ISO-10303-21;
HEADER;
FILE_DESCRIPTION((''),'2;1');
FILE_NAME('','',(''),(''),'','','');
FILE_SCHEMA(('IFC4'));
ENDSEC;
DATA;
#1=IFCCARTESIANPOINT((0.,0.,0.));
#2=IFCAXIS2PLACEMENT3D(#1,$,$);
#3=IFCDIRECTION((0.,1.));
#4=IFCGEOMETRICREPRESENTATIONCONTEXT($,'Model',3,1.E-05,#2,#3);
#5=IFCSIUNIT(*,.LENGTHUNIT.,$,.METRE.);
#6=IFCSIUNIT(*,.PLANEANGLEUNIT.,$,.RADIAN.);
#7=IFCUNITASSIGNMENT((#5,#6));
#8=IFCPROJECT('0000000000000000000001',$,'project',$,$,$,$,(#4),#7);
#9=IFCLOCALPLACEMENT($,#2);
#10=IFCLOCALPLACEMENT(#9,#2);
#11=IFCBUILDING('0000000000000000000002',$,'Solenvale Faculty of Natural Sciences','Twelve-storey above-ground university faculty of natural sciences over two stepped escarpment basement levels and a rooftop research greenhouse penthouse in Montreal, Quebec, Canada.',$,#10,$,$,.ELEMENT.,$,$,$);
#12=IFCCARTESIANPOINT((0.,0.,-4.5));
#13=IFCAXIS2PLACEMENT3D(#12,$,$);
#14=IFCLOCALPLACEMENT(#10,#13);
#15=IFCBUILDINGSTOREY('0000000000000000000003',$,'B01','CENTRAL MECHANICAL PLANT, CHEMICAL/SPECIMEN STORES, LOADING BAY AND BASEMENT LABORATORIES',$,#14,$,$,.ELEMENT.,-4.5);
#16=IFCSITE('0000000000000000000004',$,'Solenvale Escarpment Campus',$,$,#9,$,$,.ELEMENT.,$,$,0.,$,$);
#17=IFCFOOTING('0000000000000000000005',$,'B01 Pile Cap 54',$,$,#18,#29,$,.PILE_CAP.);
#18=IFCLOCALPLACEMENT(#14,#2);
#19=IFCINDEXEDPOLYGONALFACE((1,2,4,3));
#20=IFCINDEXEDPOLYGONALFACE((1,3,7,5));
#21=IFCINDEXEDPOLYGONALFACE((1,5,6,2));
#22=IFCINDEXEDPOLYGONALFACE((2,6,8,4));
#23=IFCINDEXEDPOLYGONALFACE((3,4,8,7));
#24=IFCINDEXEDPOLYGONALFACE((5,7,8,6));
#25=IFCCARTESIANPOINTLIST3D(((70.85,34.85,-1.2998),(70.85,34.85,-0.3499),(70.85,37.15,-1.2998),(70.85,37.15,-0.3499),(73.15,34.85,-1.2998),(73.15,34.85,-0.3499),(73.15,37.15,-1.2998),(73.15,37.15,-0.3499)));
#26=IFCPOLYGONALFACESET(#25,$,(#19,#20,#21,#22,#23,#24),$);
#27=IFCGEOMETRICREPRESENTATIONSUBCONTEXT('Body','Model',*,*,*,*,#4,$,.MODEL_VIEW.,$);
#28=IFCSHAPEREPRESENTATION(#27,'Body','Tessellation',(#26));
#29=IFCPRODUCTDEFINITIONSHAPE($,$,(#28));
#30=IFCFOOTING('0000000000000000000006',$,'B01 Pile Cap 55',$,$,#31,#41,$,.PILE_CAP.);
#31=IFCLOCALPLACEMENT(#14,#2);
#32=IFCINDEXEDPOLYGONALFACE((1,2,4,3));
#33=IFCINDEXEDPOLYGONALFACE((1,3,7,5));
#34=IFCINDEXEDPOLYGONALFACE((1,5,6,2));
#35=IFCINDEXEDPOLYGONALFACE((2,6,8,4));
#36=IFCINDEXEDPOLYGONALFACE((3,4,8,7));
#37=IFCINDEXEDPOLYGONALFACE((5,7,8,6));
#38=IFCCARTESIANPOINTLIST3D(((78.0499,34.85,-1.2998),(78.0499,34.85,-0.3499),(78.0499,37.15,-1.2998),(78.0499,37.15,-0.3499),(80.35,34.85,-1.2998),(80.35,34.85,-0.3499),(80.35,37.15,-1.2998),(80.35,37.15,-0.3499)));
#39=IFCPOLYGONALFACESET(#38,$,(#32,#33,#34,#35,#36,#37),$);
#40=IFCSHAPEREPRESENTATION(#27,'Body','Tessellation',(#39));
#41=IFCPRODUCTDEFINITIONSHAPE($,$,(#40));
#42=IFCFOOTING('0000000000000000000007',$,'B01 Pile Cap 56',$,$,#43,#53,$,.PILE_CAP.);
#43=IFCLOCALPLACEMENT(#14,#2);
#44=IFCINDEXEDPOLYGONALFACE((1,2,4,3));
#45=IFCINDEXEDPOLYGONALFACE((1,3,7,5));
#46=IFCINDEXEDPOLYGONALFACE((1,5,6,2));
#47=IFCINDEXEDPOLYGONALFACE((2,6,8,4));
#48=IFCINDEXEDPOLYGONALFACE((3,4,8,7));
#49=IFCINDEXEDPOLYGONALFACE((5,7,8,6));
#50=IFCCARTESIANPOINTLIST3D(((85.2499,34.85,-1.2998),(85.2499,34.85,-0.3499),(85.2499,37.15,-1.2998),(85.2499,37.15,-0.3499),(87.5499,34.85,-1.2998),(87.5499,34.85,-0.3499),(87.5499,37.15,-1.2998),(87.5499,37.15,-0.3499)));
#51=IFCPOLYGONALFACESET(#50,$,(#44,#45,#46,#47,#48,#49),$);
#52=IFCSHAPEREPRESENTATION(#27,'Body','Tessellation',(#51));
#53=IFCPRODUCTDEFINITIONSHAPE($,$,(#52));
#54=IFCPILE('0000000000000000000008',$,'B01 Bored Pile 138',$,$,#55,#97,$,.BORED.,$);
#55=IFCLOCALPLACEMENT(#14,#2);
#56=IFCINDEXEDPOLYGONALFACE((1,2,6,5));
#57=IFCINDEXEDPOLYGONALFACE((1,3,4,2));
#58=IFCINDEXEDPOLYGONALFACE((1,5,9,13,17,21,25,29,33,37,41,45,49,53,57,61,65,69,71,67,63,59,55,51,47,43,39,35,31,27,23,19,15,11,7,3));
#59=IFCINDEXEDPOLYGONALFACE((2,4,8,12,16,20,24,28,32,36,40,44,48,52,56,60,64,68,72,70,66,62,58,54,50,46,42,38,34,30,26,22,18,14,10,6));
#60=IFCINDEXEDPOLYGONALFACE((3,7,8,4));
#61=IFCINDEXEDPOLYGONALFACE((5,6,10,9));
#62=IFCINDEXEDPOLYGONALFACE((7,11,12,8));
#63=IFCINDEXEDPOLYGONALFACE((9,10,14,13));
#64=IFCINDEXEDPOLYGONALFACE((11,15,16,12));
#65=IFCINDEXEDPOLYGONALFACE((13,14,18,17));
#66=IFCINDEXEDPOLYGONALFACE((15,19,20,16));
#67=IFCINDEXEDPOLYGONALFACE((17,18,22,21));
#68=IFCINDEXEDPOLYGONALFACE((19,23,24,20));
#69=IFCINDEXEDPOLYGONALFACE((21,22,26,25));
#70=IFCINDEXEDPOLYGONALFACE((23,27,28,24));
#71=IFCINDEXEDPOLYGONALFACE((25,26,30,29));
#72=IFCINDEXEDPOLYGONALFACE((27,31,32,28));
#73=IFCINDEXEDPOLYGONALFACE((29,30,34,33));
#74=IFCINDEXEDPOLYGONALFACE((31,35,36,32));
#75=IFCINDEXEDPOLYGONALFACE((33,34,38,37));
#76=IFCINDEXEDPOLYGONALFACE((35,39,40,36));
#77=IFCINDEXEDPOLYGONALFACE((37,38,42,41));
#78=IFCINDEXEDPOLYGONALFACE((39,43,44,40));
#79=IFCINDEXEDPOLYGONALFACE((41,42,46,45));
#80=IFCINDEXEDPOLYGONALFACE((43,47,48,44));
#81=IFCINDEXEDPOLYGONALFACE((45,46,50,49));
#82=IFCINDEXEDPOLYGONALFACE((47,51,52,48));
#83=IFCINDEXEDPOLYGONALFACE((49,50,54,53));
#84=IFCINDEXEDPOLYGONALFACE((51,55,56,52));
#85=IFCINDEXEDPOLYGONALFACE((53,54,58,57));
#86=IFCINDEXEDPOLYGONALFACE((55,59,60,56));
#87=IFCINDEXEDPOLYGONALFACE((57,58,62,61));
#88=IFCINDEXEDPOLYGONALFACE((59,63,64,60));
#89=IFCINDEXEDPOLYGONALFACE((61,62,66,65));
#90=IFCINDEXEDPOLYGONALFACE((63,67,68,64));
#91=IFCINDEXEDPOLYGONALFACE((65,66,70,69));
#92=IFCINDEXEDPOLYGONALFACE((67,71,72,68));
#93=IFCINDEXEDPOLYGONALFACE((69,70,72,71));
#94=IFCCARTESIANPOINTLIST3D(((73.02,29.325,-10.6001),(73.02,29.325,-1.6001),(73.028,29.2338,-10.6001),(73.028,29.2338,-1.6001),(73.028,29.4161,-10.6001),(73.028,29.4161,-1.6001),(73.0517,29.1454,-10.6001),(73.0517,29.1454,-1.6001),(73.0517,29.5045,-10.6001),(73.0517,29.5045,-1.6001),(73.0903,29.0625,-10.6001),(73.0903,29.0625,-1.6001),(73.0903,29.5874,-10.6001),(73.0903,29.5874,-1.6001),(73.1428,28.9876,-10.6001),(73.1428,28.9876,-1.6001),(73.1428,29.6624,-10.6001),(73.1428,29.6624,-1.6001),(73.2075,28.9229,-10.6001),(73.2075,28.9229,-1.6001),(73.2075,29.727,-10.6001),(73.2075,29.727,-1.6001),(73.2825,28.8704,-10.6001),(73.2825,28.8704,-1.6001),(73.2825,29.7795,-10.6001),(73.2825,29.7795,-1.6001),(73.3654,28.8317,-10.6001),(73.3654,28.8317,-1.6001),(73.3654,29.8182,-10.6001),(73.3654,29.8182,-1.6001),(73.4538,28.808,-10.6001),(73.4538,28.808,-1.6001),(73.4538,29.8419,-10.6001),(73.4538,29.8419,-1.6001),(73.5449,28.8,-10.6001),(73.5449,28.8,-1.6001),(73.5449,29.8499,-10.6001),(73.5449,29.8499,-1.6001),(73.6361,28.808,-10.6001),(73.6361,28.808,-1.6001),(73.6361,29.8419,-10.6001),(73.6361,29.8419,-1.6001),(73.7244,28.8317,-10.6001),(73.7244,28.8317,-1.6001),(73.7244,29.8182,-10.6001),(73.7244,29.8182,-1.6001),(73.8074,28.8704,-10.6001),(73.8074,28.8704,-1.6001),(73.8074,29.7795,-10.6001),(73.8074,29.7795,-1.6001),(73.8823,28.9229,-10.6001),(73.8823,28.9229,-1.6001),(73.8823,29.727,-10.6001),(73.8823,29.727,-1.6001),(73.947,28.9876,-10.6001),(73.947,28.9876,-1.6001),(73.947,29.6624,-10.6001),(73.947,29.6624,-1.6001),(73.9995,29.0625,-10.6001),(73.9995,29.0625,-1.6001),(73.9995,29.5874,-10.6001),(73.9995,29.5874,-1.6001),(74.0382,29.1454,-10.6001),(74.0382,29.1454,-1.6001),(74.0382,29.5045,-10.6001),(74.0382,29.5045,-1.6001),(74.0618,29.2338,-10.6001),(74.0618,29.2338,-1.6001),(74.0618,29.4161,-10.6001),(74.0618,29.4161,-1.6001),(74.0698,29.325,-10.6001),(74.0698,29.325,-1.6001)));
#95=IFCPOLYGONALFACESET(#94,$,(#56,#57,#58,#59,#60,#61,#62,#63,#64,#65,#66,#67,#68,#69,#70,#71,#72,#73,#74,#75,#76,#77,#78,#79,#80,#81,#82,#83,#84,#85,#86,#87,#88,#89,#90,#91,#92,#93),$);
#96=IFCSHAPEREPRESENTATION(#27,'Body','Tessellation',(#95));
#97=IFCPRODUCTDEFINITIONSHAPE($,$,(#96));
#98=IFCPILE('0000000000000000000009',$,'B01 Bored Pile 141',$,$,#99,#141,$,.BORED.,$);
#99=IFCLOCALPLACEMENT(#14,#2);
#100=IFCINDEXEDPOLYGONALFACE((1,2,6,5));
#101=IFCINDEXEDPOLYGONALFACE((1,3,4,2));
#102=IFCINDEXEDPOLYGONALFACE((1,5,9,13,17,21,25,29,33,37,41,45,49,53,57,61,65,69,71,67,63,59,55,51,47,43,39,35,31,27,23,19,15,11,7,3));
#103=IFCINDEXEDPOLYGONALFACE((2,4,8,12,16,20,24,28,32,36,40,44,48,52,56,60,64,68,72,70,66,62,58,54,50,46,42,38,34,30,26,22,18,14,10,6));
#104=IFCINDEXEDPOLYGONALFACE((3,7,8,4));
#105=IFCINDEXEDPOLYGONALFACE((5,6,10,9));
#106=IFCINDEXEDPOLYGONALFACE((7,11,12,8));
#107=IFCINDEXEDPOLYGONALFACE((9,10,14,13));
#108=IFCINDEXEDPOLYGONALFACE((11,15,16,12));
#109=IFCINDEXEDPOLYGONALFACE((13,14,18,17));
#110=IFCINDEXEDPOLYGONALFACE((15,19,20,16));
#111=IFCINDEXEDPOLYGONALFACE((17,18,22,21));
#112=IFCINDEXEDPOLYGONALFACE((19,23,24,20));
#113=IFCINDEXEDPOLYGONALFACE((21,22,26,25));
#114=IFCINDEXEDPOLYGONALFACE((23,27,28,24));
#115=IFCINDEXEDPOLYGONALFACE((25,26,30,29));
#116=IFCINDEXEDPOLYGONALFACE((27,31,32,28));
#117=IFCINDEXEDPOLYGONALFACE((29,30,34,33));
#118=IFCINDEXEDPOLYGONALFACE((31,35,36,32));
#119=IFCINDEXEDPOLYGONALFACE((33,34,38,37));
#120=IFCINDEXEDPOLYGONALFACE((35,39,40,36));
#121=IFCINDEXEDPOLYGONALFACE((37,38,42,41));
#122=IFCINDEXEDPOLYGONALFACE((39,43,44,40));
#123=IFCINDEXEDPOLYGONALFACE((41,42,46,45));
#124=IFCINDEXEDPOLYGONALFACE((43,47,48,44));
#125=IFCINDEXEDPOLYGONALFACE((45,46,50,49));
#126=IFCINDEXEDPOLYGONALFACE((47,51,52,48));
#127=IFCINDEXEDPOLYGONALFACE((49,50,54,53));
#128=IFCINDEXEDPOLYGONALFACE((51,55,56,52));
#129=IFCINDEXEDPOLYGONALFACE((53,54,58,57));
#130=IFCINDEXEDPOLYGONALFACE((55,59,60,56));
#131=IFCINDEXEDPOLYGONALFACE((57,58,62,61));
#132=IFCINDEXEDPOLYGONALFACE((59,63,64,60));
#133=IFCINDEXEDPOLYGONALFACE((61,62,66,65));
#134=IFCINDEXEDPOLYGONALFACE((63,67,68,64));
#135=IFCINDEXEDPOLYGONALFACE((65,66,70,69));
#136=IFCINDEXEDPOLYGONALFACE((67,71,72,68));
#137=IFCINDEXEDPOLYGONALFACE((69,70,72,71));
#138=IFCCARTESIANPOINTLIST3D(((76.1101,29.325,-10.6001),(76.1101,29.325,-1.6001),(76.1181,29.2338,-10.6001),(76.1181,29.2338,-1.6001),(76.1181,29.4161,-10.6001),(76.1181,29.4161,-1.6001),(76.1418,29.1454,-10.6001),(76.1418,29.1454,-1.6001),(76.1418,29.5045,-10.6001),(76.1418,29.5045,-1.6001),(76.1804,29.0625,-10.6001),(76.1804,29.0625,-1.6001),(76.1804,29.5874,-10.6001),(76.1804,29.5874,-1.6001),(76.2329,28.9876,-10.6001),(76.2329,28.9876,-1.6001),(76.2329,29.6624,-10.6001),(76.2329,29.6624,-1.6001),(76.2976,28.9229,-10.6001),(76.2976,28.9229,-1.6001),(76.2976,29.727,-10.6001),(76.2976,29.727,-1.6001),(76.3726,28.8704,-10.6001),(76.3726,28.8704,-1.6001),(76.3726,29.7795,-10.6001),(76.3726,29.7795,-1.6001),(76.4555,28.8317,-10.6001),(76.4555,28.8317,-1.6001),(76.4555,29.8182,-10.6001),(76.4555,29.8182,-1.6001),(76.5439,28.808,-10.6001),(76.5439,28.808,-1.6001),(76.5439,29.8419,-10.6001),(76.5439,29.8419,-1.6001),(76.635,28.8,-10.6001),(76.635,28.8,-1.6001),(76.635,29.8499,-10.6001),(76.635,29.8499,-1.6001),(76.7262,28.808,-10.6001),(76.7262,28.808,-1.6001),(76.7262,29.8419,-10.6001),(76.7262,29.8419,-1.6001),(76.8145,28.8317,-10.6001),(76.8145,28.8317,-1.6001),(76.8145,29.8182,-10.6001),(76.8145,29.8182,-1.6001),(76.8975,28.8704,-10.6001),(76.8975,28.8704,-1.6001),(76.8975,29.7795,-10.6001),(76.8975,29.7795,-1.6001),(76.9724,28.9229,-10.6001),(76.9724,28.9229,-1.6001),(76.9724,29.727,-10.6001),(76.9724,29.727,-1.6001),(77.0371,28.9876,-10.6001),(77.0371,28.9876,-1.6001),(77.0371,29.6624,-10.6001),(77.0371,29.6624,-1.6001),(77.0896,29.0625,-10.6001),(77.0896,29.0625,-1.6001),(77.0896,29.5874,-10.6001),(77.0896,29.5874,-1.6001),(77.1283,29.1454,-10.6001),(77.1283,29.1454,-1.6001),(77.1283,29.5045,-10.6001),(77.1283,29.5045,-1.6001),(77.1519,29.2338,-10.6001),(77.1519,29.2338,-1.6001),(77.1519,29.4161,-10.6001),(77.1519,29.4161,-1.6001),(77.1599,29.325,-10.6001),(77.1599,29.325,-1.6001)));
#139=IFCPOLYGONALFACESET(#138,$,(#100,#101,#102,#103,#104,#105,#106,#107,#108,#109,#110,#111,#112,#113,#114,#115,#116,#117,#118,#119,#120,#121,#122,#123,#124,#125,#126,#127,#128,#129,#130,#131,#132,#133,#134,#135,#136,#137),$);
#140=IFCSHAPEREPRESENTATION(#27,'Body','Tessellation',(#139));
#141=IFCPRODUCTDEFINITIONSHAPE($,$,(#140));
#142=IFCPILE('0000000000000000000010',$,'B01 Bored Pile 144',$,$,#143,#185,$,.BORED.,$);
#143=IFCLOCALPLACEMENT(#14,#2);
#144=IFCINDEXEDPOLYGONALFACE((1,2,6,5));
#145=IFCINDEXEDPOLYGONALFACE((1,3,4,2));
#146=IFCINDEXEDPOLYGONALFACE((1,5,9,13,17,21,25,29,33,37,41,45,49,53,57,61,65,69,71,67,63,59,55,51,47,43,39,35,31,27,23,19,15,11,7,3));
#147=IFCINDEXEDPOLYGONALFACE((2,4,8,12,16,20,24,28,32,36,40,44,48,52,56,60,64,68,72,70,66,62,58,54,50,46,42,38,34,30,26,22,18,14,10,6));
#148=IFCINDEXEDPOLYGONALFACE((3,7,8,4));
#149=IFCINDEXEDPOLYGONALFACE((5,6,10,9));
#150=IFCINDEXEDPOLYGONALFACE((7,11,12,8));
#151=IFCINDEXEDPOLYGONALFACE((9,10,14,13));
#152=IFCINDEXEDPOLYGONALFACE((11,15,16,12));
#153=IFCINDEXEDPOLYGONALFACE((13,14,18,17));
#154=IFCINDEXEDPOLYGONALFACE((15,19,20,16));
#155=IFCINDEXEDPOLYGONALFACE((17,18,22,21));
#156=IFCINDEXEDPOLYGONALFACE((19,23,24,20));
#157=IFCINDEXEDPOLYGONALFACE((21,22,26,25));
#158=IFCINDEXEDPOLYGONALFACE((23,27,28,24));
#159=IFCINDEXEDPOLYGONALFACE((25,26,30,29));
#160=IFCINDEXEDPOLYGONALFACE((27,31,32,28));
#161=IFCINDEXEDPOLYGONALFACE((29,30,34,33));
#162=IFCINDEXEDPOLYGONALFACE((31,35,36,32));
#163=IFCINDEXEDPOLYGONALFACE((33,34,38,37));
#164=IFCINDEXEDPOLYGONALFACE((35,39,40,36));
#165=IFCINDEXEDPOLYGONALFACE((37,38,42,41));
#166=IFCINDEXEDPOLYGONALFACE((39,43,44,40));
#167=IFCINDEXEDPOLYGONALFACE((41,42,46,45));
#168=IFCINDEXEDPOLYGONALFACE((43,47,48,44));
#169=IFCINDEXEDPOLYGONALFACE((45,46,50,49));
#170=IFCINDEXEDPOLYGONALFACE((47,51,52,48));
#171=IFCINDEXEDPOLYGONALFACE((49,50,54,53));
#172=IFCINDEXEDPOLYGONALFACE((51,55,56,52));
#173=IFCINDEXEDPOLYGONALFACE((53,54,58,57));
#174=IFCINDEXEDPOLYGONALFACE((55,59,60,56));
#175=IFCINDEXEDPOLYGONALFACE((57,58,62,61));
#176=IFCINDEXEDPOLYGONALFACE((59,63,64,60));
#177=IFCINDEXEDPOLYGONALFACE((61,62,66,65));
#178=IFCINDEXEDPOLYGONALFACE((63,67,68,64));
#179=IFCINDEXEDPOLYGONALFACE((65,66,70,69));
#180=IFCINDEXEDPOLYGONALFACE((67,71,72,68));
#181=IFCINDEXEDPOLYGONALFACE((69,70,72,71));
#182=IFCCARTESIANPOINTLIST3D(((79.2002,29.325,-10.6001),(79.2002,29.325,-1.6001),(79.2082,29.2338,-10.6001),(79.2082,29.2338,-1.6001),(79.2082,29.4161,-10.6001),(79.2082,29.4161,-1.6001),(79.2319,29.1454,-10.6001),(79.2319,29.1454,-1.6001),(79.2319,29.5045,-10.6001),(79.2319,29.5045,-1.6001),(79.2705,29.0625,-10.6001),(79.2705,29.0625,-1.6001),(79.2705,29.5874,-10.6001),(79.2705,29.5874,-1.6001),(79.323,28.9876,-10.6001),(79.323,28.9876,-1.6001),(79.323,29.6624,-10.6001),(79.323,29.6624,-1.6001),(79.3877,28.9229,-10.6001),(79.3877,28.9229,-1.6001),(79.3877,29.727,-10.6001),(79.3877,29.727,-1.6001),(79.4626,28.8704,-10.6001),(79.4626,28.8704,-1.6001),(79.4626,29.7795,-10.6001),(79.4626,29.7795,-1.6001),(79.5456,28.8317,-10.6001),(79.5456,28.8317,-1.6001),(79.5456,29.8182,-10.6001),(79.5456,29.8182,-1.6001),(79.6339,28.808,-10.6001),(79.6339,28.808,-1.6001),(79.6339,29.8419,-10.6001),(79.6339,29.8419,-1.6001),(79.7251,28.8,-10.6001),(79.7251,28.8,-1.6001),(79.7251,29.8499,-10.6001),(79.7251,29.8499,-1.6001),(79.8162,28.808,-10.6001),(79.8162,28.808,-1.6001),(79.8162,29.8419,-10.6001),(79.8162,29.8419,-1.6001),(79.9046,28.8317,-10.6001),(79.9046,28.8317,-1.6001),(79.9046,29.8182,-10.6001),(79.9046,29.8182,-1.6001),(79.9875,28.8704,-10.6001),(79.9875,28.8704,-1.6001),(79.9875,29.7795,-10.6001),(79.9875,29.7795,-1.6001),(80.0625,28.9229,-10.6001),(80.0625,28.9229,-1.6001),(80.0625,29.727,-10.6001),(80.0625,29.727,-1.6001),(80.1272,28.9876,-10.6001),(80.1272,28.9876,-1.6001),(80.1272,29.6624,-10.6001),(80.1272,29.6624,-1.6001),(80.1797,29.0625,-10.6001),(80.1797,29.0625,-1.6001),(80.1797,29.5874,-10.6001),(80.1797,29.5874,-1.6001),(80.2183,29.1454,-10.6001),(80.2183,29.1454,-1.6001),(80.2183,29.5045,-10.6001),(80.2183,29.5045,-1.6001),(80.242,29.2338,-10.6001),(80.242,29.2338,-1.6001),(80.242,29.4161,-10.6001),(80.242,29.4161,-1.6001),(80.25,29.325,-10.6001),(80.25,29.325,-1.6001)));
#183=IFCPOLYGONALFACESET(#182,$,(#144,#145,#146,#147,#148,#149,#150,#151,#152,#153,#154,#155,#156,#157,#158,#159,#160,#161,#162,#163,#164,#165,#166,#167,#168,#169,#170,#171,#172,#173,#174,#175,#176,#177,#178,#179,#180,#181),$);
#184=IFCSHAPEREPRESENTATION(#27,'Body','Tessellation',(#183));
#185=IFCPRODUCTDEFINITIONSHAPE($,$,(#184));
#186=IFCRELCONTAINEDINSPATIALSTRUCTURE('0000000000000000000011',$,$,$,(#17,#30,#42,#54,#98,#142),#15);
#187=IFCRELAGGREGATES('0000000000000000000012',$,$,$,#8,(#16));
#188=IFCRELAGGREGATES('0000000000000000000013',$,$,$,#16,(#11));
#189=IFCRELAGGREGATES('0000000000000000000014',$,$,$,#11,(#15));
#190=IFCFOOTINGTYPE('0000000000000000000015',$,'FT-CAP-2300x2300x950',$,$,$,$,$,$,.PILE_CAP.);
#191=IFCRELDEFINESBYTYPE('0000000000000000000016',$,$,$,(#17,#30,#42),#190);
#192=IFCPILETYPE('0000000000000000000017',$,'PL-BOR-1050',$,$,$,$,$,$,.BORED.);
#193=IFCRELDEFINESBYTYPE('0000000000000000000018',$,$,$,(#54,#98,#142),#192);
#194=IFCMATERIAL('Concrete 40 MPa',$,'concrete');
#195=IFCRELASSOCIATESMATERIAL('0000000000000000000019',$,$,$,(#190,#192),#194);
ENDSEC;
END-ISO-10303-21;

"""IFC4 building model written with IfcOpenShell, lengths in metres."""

from ifc_helpers import new_model, si_unit, direction, frame, origin, origin_2d, place, context, subcontext, project, spatial, rectangle, circle, extrude, material, material_profile, profile_set, type_object, element, save


model = new_model("IFC4")

# Units and contexts
model_context = context("Model", 3, precision=1e-05, world=origin(), true_north=direction((0.0, 1.0)))
body_context = subcontext(model_context, "Body", "Model", "MODEL_VIEW")
ifc_project = project(units=[si_unit("LENGTHUNIT", "METRE"), si_unit("PLANEANGLEUNIT", "RADIAN")], contexts=[model_context])

# Site, building, storey
site_placement = place(None, origin())
site = spatial("IfcSite", under=ifc_project, at=site_placement, Name="Solenvale Escarpment Campus", CompositionType="ELEMENT", RefElevation=0.0)
building_placement = place(site_placement, origin())
building = spatial("IfcBuilding", under=site, at=building_placement, Name="Solenvale Faculty of Natural Sciences", Description="Twelve-storey above-ground university faculty of natural sciences over two stepped escarpment basement levels and a rooftop research greenhouse penthouse in Montreal, Quebec, Canada.", CompositionType="ELEMENT")
storey_placement = place(building_placement, frame((0.0, 0.0, -4.5)))
storey = spatial("IfcBuildingStorey", under=building, at=storey_placement, Name="B01", Description="CENTRAL MECHANICAL PLANT, CHEMICAL/SPECIMEN STORES, LOADING BAY AND BASEMENT LABORATORIES", CompositionType="ELEMENT", Elevation=-4.5)

# Footings
ifc_material_1 = material(Name="Concrete 40 MPa", Category="concrete")
footing_type = type_object("IfcFootingType", Name="FT-CAP-2300x2300x950", PredefinedType="PILE_CAP", material=ifc_material_1)
for number, where, z_axis, x_axis, name in (
    (1, (72.0, 36.0, -1.2998), (0.0, 0.0, 1.0), (1.0, 0.0, 0.0), "B01 Pile Cap 54"),
    (2, (79.2, 36.0, -1.2998), (0.0, 0.0, 1.0), (1.0, 0.0, 0.0), "B01 Pile Cap 55"),
    (3, (86.3999, 36.0, -1.2998), (0.0, 0.0, 1.0), (1.0, 0.0, 0.0), "B01 Pile Cap 56"),
):
    element("IfcFooting", number, at=place(storey_placement, frame(where, z_axis=z_axis, x_axis=x_axis)), inside=storey, type_object=footing_type, Name=name, PredefinedType="PILE_CAP", context=body_context, shape_type="SweptSolid", body=[
        extrude(rectangle(XDim=2.3, YDim=2.3, at=origin_2d()), origin(), (0.0, 0.0, 1.0), 0.95),
    ])

# Piles
ifc_material_profile_1 = material_profile(ifc_material_1, circle(Radius=0.5249, at=origin_2d()), Name="PILE-D1050")
ifc_profile_set_1 = profile_set([ifc_material_profile_1], Name="Concrete 40 MPa")
pile_type_1 = type_object("IfcPileType", Name="PL-BOR-1050", PredefinedType="BORED", material=ifc_profile_set_1)
for number, where, z_axis, x_axis, name in (
    (4, (73.5449, 29.325, -1.6001), (0.0, 0.0, -1.0), (1.0, 0.0, 0.0), "B01 Bored Pile 138"),
    (5, (76.635, 29.325, -1.6001), (0.0, 0.0, -1.0), (1.0, 0.0, 0.0), "B01 Bored Pile 141"),
    (6, (79.7251, 29.325, -1.6001), (0.0, 0.0, -1.0), (1.0, 0.0, 0.0), "B01 Bored Pile 144"),
):
    element("IfcPile", number, at=place(storey_placement, frame(where, z_axis=z_axis, x_axis=x_axis)), inside=storey, type_object=pile_type_1, Name=name, PredefinedType="BORED", context=body_context, shape_type="SweptSolid", body=[
        extrude(circle(Radius=0.5249, at=origin_2d()), origin(), (0.0, 0.0, 1.0), 9.0),
    ])

save(model, "model.ifc")
